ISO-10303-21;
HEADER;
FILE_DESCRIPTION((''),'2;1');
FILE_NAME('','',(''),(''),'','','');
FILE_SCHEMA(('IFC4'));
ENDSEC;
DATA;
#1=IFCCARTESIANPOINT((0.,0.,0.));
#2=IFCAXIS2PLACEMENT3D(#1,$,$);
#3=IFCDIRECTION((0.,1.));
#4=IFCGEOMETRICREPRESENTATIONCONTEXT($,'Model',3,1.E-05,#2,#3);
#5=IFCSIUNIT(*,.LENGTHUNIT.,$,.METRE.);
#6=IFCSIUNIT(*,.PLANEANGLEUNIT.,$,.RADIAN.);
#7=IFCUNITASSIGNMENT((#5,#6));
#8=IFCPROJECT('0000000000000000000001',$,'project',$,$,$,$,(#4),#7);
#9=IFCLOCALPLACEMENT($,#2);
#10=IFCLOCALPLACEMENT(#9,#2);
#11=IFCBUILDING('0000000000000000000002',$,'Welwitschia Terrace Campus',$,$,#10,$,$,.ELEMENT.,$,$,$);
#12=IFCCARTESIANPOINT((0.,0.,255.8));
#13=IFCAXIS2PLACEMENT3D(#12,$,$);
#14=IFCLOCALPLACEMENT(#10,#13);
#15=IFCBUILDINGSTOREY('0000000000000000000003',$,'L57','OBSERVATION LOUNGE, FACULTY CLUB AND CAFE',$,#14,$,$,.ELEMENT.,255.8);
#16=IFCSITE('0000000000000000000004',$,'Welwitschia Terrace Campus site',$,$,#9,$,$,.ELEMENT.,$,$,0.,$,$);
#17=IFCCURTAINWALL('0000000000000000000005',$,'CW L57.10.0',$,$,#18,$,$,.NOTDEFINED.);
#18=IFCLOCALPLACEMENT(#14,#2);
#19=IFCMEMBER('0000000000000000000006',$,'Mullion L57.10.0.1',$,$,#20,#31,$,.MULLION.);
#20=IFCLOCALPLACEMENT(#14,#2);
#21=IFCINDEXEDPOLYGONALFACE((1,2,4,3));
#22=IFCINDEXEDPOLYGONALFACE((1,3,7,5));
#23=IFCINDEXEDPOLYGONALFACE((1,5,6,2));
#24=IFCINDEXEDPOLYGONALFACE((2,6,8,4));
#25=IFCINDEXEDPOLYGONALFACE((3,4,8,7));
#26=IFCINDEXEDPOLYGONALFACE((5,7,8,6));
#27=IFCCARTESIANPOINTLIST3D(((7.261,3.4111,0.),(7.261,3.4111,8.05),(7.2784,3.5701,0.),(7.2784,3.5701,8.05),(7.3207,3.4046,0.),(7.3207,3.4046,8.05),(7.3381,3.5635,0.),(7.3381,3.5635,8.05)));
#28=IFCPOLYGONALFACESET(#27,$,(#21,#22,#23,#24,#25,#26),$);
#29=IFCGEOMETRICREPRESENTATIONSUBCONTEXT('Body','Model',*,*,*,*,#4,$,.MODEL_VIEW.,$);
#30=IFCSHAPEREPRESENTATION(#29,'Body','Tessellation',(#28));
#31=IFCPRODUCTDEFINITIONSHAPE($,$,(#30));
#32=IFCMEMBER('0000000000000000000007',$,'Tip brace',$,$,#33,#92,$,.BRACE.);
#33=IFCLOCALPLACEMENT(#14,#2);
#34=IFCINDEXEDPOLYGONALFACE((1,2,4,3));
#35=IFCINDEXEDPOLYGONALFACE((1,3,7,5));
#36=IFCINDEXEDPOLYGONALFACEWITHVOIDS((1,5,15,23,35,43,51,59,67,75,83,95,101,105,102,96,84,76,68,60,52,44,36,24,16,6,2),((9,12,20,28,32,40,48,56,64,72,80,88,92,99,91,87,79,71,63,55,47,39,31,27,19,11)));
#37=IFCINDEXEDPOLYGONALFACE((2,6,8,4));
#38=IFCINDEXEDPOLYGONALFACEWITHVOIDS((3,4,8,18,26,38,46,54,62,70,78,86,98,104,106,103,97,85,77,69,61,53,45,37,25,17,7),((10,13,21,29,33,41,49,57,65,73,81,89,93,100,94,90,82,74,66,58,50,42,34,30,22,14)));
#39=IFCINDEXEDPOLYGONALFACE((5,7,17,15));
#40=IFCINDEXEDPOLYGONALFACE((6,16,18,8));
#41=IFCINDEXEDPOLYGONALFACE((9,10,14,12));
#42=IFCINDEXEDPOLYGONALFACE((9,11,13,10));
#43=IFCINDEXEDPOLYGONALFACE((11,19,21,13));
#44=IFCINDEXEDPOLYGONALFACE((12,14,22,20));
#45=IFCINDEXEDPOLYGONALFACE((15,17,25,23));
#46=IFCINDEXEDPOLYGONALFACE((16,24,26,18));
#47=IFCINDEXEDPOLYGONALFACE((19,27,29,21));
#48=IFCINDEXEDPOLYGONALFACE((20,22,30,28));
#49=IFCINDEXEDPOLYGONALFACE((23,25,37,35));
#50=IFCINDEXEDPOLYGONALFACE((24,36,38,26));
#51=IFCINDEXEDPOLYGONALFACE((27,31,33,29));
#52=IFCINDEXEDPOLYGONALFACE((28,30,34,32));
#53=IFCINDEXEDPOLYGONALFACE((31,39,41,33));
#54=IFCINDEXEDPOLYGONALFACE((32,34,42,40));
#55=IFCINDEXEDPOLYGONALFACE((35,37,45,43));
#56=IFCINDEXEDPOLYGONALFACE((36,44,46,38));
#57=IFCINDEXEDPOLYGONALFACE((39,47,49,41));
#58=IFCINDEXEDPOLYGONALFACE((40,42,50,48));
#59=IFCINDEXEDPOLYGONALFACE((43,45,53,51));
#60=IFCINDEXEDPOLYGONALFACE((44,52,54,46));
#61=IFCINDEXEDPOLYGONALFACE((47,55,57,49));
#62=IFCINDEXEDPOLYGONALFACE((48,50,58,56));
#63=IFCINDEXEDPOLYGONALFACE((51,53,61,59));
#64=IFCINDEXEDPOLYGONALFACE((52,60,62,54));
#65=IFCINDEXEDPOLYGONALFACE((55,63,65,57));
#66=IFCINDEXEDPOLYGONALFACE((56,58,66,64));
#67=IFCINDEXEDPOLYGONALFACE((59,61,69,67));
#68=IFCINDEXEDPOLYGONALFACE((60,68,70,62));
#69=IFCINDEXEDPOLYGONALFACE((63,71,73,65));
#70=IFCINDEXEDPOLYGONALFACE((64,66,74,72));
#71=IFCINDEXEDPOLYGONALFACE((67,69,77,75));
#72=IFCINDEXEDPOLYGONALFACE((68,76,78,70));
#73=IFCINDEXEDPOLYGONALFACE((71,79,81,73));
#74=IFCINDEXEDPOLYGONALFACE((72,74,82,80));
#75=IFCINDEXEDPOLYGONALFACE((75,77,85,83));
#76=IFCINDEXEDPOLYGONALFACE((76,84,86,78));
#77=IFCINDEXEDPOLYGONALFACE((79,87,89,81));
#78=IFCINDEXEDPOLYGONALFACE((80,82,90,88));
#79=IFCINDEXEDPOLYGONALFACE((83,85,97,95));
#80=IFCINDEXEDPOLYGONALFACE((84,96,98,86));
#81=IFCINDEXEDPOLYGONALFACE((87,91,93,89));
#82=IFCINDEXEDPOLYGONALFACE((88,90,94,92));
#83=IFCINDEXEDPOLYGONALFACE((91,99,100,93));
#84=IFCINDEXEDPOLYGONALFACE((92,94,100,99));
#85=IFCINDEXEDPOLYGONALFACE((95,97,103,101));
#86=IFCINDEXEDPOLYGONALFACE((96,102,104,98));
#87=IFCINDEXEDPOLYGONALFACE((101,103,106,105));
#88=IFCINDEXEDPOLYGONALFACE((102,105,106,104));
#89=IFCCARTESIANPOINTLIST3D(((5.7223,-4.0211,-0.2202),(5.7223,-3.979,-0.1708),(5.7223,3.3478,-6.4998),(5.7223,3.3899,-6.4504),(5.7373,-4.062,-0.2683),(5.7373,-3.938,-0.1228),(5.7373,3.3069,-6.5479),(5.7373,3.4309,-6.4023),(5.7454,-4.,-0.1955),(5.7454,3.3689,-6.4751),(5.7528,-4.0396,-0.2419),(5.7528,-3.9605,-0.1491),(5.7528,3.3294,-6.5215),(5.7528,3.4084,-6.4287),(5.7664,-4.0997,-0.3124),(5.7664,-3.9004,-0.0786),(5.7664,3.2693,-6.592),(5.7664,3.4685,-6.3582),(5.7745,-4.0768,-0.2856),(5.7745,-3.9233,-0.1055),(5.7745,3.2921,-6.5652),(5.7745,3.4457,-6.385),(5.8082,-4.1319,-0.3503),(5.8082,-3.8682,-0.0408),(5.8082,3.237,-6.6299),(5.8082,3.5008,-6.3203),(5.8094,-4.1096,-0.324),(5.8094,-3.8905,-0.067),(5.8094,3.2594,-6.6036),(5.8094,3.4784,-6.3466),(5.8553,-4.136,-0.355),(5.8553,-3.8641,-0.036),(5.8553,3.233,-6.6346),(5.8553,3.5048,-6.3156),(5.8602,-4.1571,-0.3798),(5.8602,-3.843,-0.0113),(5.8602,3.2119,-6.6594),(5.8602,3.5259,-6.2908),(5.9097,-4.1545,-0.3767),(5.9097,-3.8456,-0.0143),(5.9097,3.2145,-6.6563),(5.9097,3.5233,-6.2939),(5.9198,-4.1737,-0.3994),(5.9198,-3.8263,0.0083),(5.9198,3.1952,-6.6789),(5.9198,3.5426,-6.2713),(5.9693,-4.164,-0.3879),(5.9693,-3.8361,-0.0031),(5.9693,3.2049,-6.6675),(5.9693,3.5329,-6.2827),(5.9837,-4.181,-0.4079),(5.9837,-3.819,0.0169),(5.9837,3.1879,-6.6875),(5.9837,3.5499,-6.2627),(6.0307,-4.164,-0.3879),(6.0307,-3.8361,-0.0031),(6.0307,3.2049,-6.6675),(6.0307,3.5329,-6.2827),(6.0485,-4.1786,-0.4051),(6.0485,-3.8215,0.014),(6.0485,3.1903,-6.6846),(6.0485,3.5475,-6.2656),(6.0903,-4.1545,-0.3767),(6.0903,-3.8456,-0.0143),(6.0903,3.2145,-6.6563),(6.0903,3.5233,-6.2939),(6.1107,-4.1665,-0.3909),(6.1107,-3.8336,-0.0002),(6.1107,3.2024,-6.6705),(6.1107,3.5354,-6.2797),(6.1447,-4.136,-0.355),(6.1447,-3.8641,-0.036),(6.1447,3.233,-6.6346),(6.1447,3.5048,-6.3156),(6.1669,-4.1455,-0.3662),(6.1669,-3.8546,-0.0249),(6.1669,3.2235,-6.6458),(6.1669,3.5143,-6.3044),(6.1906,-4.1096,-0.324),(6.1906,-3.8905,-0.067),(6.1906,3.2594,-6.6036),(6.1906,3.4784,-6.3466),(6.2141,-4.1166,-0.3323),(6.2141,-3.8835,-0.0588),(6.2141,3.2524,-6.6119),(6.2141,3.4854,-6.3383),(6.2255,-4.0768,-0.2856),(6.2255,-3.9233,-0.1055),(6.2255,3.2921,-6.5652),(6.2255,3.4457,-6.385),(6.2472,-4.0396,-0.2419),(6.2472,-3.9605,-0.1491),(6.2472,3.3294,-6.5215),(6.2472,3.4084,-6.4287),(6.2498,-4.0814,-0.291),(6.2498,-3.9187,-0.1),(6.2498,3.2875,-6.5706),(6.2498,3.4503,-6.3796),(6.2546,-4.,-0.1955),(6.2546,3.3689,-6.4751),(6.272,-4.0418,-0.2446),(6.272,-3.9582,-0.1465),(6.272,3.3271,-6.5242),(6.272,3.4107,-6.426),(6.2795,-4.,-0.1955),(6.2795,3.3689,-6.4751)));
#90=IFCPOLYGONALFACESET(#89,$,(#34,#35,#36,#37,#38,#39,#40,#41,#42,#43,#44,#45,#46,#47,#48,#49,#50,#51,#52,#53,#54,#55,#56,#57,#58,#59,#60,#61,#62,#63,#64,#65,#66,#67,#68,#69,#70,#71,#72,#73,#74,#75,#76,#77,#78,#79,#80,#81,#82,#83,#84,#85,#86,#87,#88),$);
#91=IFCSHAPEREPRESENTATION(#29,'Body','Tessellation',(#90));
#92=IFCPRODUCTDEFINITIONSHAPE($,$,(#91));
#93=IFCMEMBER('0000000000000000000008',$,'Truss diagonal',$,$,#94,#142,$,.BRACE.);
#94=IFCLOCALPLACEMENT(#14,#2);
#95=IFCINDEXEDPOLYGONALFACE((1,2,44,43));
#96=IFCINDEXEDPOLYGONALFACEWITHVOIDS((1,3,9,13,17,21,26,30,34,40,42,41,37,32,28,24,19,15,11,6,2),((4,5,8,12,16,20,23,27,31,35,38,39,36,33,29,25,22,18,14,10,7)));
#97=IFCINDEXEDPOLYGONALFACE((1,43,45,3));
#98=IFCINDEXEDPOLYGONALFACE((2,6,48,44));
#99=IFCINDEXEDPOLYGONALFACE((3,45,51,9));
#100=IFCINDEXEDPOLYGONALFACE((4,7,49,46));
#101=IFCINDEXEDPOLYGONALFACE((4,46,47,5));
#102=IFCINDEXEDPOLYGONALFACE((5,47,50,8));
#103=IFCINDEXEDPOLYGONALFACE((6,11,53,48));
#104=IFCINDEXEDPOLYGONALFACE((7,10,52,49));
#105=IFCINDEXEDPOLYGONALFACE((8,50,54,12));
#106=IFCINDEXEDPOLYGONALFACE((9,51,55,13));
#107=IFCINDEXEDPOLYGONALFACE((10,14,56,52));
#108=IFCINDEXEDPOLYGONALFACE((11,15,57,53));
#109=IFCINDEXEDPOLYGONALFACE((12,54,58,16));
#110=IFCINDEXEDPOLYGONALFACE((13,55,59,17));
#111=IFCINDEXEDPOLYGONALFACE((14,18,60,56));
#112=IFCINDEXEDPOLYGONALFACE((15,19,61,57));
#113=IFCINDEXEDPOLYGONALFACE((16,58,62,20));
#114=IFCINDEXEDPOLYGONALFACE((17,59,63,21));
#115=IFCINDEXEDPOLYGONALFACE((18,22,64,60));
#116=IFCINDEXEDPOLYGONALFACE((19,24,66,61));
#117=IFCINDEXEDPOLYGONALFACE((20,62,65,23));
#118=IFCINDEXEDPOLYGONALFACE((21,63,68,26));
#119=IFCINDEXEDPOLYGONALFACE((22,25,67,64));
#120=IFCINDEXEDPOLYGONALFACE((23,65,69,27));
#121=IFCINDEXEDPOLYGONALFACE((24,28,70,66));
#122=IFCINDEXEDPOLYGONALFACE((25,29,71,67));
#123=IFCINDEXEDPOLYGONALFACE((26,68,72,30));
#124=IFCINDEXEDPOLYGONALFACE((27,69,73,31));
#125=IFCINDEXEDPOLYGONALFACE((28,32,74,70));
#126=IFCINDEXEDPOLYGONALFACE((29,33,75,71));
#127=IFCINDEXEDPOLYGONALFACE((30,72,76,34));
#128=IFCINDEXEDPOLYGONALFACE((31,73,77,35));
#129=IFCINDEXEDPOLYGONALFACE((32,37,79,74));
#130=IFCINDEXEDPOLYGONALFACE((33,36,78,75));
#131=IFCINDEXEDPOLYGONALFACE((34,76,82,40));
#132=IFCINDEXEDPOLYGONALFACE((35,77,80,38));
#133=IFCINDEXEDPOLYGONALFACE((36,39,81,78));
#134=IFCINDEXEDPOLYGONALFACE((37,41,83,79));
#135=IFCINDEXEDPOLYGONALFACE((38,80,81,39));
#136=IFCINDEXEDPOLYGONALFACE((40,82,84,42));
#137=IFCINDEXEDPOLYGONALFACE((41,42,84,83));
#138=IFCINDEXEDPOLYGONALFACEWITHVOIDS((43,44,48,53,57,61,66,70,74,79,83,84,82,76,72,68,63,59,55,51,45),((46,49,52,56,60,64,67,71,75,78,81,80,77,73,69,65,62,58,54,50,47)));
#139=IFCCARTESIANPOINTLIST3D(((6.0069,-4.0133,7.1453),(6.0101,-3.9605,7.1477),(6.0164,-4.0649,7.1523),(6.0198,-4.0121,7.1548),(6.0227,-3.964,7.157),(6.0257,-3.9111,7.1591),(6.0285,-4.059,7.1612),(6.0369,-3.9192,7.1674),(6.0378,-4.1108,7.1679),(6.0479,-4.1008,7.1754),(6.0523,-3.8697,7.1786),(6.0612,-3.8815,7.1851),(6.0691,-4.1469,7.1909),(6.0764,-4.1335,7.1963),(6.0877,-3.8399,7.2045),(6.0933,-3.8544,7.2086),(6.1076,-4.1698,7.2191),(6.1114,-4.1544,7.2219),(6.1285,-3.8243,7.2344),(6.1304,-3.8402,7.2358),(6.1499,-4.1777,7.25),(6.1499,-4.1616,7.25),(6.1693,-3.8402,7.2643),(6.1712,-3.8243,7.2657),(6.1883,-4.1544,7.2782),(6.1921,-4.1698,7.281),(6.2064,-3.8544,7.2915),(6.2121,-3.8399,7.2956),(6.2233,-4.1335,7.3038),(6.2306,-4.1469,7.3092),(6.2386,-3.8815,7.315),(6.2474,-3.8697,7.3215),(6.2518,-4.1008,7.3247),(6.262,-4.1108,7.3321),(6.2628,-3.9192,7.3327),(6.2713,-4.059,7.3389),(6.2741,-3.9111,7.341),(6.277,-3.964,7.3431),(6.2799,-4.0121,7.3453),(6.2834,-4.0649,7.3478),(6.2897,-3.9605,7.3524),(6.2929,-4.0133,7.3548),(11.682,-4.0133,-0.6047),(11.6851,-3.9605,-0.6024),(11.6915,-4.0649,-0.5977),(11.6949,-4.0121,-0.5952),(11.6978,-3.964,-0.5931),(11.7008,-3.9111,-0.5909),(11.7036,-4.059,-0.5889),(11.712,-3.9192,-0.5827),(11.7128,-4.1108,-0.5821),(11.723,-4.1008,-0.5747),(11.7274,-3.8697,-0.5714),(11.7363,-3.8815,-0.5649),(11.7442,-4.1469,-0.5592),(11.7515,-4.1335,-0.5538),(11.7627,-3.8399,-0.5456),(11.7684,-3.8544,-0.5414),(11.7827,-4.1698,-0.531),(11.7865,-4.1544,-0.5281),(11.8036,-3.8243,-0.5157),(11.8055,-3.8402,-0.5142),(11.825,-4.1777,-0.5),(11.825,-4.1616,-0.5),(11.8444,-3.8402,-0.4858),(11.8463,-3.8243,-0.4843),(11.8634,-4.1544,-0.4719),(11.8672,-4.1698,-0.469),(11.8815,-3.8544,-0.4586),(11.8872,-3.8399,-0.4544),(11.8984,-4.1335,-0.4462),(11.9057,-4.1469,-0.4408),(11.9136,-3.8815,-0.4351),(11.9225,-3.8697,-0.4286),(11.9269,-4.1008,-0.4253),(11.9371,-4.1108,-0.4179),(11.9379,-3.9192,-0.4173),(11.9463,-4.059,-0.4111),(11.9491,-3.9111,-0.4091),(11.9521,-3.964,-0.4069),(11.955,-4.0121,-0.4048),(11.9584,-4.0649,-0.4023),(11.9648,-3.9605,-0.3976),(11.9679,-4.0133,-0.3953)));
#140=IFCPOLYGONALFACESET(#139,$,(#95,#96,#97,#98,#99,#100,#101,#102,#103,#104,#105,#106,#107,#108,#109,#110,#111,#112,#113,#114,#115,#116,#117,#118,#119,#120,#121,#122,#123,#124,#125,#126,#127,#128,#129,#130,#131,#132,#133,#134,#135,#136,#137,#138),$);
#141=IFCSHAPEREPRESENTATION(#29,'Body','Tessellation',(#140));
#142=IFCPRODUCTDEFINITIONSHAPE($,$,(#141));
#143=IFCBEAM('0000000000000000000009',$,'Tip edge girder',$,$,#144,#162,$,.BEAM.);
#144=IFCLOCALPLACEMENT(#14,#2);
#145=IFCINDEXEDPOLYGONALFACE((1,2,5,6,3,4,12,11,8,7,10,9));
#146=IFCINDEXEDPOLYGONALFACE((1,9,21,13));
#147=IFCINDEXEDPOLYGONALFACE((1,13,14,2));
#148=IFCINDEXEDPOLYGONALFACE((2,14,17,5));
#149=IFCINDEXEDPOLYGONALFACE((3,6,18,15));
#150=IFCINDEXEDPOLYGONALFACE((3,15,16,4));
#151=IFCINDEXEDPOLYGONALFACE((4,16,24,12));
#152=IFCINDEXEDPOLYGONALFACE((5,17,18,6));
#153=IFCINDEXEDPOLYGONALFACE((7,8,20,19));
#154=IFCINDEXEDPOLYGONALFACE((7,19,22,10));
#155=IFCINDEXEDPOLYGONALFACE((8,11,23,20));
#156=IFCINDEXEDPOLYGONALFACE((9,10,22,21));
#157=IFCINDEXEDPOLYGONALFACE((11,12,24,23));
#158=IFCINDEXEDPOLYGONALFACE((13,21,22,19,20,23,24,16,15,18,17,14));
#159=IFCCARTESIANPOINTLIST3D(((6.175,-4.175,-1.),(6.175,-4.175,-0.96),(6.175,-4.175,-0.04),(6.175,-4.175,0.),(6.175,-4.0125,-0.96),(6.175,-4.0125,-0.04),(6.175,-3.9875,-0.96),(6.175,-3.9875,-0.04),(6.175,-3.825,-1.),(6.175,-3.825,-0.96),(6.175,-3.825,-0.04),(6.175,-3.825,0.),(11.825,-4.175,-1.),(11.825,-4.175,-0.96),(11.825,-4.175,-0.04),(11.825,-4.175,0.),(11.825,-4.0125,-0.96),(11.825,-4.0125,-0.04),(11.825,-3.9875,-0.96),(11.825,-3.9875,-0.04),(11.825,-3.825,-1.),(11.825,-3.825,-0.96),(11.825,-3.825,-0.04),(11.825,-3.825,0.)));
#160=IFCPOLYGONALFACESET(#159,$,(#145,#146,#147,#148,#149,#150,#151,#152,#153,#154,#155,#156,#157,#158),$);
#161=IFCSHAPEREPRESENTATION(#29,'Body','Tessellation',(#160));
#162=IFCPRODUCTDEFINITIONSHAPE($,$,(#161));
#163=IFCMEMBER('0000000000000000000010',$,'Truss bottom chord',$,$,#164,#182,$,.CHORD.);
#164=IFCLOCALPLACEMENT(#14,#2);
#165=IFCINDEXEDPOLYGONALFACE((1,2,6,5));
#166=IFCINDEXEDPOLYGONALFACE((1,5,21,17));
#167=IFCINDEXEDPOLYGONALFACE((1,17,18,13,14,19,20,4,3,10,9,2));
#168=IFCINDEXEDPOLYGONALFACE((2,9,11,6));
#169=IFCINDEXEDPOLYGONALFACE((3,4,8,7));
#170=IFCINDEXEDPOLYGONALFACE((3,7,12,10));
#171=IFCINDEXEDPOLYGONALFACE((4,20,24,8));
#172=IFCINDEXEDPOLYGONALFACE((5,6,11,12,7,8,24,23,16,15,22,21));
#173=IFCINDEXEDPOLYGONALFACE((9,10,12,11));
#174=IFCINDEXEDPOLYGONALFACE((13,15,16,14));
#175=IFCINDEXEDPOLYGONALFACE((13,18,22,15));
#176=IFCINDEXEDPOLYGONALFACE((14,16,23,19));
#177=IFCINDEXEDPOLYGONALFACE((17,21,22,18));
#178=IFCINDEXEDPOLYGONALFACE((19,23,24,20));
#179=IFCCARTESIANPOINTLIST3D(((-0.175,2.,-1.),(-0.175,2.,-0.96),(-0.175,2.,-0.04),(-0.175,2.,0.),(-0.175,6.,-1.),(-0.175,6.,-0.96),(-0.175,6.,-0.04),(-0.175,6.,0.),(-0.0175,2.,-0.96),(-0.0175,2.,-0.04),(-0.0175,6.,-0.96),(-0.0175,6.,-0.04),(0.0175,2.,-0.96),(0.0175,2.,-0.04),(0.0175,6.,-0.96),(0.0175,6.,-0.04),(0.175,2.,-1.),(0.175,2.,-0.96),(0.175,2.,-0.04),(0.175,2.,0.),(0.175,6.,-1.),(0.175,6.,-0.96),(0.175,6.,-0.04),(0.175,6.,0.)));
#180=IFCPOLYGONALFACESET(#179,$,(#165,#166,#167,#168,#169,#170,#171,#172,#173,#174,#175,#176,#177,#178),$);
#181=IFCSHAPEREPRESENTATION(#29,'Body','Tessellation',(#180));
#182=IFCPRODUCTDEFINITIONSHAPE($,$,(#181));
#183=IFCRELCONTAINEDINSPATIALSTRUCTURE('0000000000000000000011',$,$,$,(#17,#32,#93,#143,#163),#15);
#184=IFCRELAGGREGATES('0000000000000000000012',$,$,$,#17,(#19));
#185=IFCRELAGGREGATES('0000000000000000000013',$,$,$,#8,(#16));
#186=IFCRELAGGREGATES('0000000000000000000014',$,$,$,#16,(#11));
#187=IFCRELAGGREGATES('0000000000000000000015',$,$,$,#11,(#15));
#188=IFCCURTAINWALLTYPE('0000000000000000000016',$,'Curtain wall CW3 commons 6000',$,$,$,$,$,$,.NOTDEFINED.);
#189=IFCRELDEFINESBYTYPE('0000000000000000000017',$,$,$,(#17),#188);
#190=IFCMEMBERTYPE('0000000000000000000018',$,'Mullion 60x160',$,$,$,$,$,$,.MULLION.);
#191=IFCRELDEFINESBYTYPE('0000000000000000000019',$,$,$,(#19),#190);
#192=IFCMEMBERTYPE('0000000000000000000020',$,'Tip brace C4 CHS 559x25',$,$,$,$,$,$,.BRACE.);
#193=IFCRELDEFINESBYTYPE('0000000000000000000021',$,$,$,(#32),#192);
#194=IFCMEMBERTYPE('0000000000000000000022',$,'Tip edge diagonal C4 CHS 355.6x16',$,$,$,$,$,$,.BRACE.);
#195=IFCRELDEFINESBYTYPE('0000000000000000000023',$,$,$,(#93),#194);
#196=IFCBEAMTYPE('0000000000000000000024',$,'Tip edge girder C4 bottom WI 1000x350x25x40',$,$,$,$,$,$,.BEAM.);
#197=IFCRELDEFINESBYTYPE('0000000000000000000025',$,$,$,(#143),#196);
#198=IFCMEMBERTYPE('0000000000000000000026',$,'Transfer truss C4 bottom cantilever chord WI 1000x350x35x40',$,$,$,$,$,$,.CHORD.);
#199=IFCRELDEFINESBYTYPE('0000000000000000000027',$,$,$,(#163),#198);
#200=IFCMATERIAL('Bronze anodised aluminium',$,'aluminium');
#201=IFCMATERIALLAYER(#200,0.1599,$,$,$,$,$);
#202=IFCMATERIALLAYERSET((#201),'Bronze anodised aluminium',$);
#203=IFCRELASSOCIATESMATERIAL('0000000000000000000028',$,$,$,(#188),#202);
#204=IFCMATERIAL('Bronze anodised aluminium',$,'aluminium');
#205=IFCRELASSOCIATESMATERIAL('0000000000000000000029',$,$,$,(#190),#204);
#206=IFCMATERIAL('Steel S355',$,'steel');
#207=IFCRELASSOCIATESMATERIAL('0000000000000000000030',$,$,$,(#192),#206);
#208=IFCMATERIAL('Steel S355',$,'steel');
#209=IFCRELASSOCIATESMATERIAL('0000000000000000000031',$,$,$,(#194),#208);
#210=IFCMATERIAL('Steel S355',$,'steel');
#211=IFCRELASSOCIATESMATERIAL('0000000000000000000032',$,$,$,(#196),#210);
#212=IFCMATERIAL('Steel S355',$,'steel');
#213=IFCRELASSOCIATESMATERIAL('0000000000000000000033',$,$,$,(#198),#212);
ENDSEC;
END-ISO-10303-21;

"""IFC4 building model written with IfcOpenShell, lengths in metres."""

from ifc_helpers import new_model, si_unit, direction, frame, origin, origin_2d, place, context, subcontext, project, spatial, rectangle, hollow_circle, i_section, extrude, material, layer, layer_set, material_profile, profile_set, type_object, element, aggregate, save


model = new_model("IFC4")

# Units and contexts
model_context = context("Model", 3, precision=1e-05, world=origin(), true_north=direction((0.0, 1.0)))
body_context = subcontext(model_context, "Body", "Model", "MODEL_VIEW")
ifc_project = project(units=[si_unit("LENGTHUNIT", "METRE"), si_unit("PLANEANGLEUNIT", "RADIAN")], contexts=[model_context])

# Site, building, storey
site_placement = place(None, origin())
site = spatial("IfcSite", under=ifc_project, at=site_placement, Name="Welwitschia Terrace Campus site", CompositionType="ELEMENT", RefElevation=0.0)
building_placement = place(site_placement, origin())
building = spatial("IfcBuilding", under=site, at=building_placement, Name="Welwitschia Terrace Campus", CompositionType="ELEMENT")
storey_placement = place(building_placement, frame((0.0, 0.0, 255.8)))
storey = spatial("IfcBuildingStorey", under=building, at=storey_placement, Name="L57", Description="OBSERVATION LOUNGE, FACULTY CLUB AND CAFE", CompositionType="ELEMENT", Elevation=255.8)

# Curtain wall, member
ifc_material_1 = material(Name="Bronze anodised aluminium", Category="aluminium")
ifc_layer_1 = layer(ifc_material_1, 0.1599)
ifc_layer_set_1 = layer_set([ifc_layer_1], Name="Bronze anodised aluminium")
curtain_wall_type = type_object("IfcCurtainWallType", Name="Curtain wall CW3 commons 6000", PredefinedType="NOTDEFINED", material=ifc_layer_set_1)
curtain_wall_placement = place(storey_placement, origin())
curtain_wall = element("IfcCurtainWall", 1, at=curtain_wall_placement, inside=storey, type_object=curtain_wall_type, Name="CW L57.10.0", PredefinedType="NOTDEFINED")
ifc_material_2 = material(Name="Bronze anodised aluminium", Category="aluminium")
ifc_material_profile_1 = material_profile(ifc_material_2, rectangle(XDim=0.1599, YDim=0.0601, at=origin_2d()))
ifc_profile_set_1 = profile_set([ifc_material_profile_1], Name="Bronze anodised aluminium")
member_type_1 = type_object("IfcMemberType", Name="Mullion 60x160", PredefinedType="MULLION", material=ifc_profile_set_1)
member_1_placement = place(storey_placement, frame((7.2996, 3.4873, 0.0), z_axis=(0.0, 0.0, 1.0), x_axis=(0.108867, 0.994056, 0.0)))
member_1 = element("IfcMember", 2, at=member_1_placement, type_object=member_type_1, Name="Mullion L57.10.0.1", PredefinedType="MULLION", context=body_context, shape_type="SweptSolid", body=[
    extrude(rectangle(XDim=0.1599, YDim=0.0601, at=origin_2d()), origin(), (0.0, 0.0, 1.0), 8.05),
])

# Members
ifc_material_3 = material(Name="Steel S355", Category="steel")
ifc_material_profile_2 = material_profile(ifc_material_3, hollow_circle(Radius=0.2795, WallThickness=0.0249, at=origin_2d()))
ifc_profile_set_2 = profile_set([ifc_material_profile_2], Name="Steel S355")
member_type_2 = type_object("IfcMemberType", Name="Tip brace C4 CHS 559x25", PredefinedType="BRACE", material=ifc_profile_set_2)
member_2_placement = place(storey_placement, frame((6.0, 3.3689, -6.4751), z_axis=(0.0, -0.761124, 0.648606), x_axis=(1.0, 0.0, 0.0)))
element("IfcMember", 3, at=member_2_placement, inside=storey, type_object=member_type_2, Name="Tip brace", PredefinedType="BRACE", context=body_context, shape_type="SweptSolid", body=[
    extrude(hollow_circle(Radius=0.2795, WallThickness=0.0249, at=origin_2d()), origin(), (0.0, 0.0, 1.0), 9.6816),
])
ifc_material_4 = material(Name="Steel S355", Category="steel")
ifc_material_profile_3 = material_profile(ifc_material_4, hollow_circle(Radius=0.1777, WallThickness=0.0161, at=origin_2d()))
ifc_profile_set_3 = profile_set([ifc_material_profile_3], Name="Steel S355")
member_type_3 = type_object("IfcMemberType", Name="Tip edge diagonal C4 CHS 355.6x16", PredefinedType="BRACE", material=ifc_profile_set_3)
member_3_placement = place(storey_placement, frame((11.825, -4.0, -0.5), z_axis=(-0.590803, 0.0, 0.806816), x_axis=(0.0, -1.0, 0.0)))
element("IfcMember", 4, at=member_3_placement, inside=storey, type_object=member_type_3, Name="Truss diagonal", PredefinedType="BRACE", context=body_context, shape_type="SweptSolid", body=[
    extrude(hollow_circle(Radius=0.1777, WallThickness=0.0161, at=origin_2d()), origin(), (0.0, 0.0, 1.0), 9.6057),
])

# Beam
ifc_material_5 = material(Name="Steel S355", Category="steel")
ifc_material_profile_4 = material_profile(ifc_material_5, i_section(OverallWidth=0.3501, OverallDepth=1.0, WebThickness=0.0249, FlangeThickness=0.04, at=origin_2d()))
ifc_profile_set_4 = profile_set([ifc_material_profile_4], Name="Steel S355")
beam_type = type_object("IfcBeamType", Name="Tip edge girder C4 bottom WI 1000x350x25x40", PredefinedType="BEAM", material=ifc_profile_set_4)
beam_placement = place(storey_placement, frame((6.175, -4.0, -0.5), z_axis=(1.0, 0.0, 0.0), x_axis=(0.0, 1.0, 0.0)))
element("IfcBeam", 5, at=beam_placement, inside=storey, type_object=beam_type, Name="Tip edge girder", PredefinedType="BEAM", context=body_context, shape_type="SweptSolid", body=[
    extrude(i_section(OverallWidth=0.3501, OverallDepth=1.0, WebThickness=0.0249, FlangeThickness=0.04, at=origin_2d()), origin(), (0.0, 0.0, 1.0), 5.6499),
])

# Member
ifc_material_6 = material(Name="Steel S355", Category="steel")
ifc_material_profile_5 = material_profile(ifc_material_6, i_section(OverallWidth=0.3501, OverallDepth=1.0, WebThickness=0.0349, FlangeThickness=0.04, at=origin_2d()))
ifc_profile_set_5 = profile_set([ifc_material_profile_5], Name="Steel S355")
member_type_4 = type_object("IfcMemberType", Name="Transfer truss C4 bottom cantilever chord WI 1000x350x35x40", PredefinedType="CHORD", material=ifc_profile_set_5)
for number, where, z_axis, x_axis, name in (
    (6, (0.0, 2.0, -0.5), (0.0, 1.0, 0.0), (-1.0, 0.0, 0.0), "Truss bottom chord"),
):
    element("IfcMember", number, at=place(storey_placement, frame(where, z_axis=z_axis, x_axis=x_axis)), inside=storey, type_object=member_type_4, Name=name, PredefinedType="CHORD", context=body_context, shape_type="SweptSolid", body=[
        extrude(i_section(OverallWidth=0.3501, OverallDepth=1.0, WebThickness=0.0349, FlangeThickness=0.04, at=origin_2d()), origin(), (0.0, 0.0, 1.0), 4.0),
    ])

aggregate(curtain_wall, [member_1])

save(model, "model.ifc")
